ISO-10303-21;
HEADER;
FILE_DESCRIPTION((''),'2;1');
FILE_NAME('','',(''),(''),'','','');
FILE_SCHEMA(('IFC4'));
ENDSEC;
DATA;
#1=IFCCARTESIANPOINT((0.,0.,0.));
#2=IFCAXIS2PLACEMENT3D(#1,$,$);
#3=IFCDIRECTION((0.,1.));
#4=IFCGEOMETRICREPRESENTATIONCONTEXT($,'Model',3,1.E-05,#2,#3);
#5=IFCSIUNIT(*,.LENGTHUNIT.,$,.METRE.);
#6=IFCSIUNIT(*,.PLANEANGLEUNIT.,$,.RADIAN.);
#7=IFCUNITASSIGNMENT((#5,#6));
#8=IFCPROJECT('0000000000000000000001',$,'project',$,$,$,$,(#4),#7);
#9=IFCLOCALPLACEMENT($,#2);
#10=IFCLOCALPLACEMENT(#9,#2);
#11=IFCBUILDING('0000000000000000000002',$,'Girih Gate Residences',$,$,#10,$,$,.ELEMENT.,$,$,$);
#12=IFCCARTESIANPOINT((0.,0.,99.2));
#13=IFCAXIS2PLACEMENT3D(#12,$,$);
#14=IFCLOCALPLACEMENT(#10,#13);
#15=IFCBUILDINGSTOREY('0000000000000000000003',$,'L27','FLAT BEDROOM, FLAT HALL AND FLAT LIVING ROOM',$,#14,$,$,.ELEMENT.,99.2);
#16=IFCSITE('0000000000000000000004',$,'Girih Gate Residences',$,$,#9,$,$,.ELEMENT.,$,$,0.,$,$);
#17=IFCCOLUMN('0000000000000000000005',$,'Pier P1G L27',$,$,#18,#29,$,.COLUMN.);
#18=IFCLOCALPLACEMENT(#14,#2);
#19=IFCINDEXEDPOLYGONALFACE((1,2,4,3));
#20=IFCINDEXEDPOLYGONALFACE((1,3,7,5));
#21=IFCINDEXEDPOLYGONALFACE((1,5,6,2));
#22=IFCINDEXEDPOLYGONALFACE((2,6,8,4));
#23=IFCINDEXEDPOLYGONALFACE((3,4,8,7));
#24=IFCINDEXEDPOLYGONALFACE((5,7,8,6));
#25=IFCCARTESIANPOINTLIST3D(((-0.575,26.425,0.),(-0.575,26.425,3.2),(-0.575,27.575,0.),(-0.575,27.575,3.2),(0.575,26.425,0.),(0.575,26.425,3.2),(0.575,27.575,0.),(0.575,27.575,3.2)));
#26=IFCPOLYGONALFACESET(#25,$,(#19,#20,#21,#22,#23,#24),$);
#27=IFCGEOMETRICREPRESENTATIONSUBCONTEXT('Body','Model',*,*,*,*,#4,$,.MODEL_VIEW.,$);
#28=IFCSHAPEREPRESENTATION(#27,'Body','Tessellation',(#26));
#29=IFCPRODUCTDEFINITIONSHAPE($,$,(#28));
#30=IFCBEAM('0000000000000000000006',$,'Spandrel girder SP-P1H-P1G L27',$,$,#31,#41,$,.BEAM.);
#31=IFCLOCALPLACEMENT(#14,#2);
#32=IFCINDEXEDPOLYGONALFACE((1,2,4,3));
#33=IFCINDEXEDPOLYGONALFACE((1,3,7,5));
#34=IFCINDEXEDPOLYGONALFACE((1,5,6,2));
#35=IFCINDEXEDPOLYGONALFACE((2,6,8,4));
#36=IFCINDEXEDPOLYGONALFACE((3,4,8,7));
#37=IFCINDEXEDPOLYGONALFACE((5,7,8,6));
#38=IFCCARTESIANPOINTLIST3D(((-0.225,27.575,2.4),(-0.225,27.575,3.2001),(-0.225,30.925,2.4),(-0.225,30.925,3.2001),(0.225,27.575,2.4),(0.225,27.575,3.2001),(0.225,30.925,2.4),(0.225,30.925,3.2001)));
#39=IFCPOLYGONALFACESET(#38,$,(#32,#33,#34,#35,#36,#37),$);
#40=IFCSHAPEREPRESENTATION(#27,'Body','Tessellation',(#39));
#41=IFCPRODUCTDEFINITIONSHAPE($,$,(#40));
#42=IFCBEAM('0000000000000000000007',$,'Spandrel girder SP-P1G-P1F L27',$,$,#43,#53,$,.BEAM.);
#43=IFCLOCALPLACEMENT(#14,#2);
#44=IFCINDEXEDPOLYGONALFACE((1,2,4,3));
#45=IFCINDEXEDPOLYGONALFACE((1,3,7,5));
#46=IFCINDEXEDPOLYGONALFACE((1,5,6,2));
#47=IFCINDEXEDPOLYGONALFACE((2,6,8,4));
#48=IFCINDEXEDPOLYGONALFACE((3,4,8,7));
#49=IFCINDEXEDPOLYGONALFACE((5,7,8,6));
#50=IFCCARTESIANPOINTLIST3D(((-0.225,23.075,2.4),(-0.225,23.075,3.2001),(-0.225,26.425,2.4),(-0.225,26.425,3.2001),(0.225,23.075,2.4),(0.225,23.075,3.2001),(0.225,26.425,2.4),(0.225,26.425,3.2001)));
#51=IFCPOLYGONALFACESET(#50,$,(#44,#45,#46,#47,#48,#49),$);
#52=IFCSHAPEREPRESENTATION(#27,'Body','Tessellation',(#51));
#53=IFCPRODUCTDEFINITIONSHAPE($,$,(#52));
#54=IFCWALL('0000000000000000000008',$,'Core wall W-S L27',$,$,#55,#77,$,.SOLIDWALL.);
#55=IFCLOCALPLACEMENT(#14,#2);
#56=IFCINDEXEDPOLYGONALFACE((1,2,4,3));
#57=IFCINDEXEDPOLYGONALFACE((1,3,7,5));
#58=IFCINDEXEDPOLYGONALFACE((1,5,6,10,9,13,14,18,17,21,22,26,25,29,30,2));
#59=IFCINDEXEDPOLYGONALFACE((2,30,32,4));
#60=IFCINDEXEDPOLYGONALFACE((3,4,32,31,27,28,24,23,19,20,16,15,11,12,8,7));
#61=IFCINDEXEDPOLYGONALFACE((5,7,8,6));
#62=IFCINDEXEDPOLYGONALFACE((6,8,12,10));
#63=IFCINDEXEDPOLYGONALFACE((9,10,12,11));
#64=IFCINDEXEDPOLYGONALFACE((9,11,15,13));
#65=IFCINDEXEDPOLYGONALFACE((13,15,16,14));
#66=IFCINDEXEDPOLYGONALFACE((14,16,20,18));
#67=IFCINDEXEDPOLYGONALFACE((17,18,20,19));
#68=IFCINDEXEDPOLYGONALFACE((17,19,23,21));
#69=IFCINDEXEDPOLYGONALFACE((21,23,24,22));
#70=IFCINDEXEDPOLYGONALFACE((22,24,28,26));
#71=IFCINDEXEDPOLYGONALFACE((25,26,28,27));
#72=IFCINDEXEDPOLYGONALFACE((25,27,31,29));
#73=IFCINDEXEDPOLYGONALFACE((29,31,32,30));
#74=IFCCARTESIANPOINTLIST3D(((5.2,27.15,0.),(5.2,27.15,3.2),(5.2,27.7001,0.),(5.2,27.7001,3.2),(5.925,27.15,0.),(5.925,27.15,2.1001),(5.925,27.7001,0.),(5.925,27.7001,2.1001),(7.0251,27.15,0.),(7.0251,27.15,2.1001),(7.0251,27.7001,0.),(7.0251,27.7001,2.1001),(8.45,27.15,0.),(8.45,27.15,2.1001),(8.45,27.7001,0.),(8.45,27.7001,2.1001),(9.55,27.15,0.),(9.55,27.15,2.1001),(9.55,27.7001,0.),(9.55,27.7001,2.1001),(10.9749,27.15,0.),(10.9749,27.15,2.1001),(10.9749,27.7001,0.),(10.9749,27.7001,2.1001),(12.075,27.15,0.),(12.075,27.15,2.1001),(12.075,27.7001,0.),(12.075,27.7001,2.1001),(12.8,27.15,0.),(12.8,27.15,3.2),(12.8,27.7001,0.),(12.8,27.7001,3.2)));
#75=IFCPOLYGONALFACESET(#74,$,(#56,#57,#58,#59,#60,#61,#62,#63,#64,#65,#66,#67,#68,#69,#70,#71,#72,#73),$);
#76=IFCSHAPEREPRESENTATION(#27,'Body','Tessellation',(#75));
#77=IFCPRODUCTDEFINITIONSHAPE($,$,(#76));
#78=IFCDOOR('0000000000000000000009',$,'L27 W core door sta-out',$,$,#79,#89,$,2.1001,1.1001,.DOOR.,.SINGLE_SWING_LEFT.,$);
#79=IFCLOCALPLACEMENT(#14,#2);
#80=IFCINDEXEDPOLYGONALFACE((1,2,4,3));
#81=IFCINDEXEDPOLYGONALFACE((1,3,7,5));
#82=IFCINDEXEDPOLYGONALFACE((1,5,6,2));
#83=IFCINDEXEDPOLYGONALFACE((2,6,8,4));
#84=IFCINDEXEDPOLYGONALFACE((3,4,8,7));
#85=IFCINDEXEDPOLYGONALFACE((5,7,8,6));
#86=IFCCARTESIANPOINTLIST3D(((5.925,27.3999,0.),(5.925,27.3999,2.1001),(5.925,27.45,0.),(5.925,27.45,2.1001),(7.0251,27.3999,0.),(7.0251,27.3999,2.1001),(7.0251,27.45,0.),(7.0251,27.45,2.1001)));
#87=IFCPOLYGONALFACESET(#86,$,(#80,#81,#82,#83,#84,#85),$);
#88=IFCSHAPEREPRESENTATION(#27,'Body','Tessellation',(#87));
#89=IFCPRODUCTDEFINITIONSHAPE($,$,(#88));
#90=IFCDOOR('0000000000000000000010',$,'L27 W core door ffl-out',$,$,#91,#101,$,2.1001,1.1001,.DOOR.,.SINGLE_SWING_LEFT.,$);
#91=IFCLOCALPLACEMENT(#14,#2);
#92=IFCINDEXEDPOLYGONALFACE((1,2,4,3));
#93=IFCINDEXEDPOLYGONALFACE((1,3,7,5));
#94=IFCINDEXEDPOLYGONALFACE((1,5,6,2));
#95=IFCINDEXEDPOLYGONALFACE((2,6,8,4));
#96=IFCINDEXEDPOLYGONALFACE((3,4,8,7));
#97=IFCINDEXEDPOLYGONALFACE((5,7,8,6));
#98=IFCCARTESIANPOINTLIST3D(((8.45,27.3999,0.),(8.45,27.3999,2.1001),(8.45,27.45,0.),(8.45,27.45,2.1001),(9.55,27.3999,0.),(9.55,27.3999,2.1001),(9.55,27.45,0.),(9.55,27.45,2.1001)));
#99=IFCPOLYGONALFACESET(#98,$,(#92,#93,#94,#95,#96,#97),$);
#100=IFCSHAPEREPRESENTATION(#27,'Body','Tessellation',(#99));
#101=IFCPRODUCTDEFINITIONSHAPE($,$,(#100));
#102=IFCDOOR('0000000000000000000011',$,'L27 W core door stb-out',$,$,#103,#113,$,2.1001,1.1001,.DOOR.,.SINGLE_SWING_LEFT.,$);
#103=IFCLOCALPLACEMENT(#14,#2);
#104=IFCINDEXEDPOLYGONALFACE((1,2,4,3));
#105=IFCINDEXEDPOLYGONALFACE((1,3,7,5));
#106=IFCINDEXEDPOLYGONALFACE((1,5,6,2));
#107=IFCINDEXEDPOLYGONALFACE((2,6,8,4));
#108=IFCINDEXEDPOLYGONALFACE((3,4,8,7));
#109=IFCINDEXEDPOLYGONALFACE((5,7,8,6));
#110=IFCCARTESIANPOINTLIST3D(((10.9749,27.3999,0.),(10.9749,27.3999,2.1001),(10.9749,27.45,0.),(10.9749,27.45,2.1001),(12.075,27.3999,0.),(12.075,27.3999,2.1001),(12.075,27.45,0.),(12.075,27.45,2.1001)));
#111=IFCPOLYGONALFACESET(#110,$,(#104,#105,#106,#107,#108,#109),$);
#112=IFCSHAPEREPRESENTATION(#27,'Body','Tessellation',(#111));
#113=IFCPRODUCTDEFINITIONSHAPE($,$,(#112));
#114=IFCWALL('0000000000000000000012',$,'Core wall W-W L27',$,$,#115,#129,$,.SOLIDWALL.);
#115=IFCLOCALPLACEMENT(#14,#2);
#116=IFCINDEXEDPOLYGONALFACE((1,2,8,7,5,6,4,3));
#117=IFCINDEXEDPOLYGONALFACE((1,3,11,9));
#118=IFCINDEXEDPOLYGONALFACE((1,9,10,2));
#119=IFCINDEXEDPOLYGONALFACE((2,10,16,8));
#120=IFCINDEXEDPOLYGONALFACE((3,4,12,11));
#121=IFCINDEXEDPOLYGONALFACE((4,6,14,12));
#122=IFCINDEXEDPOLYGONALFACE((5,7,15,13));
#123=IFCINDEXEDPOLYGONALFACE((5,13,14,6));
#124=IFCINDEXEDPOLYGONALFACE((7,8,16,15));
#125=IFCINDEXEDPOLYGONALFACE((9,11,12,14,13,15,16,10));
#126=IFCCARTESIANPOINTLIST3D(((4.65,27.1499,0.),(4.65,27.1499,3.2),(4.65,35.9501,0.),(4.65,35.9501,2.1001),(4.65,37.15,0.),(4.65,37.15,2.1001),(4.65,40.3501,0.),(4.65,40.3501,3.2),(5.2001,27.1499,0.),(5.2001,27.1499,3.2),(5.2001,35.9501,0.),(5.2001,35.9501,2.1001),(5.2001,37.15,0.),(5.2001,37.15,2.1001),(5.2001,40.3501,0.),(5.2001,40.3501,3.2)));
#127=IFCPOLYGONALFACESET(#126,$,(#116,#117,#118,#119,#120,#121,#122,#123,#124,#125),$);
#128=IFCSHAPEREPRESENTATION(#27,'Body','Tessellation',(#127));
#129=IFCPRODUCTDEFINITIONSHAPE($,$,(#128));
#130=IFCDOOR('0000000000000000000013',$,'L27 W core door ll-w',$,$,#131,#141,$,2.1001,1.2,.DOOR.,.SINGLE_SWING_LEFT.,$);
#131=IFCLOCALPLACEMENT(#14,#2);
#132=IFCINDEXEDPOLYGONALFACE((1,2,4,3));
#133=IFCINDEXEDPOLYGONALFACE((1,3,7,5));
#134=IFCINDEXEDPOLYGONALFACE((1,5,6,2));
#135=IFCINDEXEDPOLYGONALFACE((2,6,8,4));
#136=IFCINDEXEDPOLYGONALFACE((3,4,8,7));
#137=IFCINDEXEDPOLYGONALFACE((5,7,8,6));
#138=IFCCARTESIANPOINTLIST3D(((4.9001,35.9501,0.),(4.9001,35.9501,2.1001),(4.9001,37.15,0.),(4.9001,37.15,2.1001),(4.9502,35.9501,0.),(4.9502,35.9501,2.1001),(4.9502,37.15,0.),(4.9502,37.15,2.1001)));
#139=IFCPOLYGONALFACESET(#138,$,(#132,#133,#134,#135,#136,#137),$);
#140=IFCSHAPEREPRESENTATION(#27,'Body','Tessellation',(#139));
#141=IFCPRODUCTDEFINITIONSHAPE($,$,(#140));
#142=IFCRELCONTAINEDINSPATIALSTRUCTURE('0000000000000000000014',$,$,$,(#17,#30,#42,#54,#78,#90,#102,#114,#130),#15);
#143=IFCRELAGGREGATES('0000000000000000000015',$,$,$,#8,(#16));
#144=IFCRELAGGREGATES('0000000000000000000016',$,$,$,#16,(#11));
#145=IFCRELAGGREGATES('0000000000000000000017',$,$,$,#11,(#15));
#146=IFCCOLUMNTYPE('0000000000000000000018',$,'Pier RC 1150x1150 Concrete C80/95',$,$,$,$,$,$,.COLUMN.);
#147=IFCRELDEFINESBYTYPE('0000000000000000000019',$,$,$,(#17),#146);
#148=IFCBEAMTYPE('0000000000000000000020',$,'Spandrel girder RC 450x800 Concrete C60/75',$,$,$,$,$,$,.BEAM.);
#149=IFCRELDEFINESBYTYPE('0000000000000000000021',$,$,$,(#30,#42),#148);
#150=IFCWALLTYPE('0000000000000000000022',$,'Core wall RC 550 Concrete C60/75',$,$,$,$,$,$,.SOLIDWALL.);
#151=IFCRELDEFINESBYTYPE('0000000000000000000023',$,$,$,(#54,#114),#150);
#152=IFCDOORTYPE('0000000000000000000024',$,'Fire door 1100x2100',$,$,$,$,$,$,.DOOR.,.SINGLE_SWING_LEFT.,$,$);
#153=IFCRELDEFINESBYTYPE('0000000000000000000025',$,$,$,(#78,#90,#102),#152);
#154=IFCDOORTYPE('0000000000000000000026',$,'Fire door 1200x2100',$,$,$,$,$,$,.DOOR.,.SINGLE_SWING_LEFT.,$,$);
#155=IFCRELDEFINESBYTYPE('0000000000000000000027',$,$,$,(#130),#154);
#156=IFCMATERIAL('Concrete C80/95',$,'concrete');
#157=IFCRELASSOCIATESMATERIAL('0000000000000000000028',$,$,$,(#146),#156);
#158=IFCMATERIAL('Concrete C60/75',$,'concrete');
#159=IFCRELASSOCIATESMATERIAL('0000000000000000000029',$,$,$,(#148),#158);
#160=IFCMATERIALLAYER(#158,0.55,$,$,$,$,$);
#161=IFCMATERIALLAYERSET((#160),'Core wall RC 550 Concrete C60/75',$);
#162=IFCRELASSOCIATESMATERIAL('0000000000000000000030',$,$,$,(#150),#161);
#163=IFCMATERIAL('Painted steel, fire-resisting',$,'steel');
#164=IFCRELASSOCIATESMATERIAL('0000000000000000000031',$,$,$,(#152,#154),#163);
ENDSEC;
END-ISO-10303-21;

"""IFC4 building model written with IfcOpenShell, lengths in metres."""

from ifc_helpers import new_model, si_unit, direction, frame, frame_2d, origin, origin_2d, place, context, subcontext, project, spatial, rectangle, extrude, material, layer, layer_set, material_profile, profile_set, type_object, element, fill, save


model = new_model("IFC4")

# Units and contexts
model_context = context("Model", 3, precision=1e-05, world=origin(), true_north=direction((0.0, 1.0)))
body_context = subcontext(model_context, "Body", "Model", "MODEL_VIEW")
ifc_project = project(units=[si_unit("LENGTHUNIT", "METRE"), si_unit("PLANEANGLEUNIT", "RADIAN")], contexts=[model_context])

# Site, building, storey
site_placement = place(None, origin())
site = spatial("IfcSite", under=ifc_project, at=site_placement, Name="Girih Gate Residences", CompositionType="ELEMENT", RefElevation=0.0)
building_placement = place(site_placement, origin())
building = spatial("IfcBuilding", under=site, at=building_placement, Name="Girih Gate Residences", CompositionType="ELEMENT")
storey_placement = place(building_placement, frame((0.0, 0.0, 99.2)))
storey = spatial("IfcBuildingStorey", under=building, at=storey_placement, Name="L27", Description="FLAT BEDROOM, FLAT HALL AND FLAT LIVING ROOM", CompositionType="ELEMENT", Elevation=99.2)

# Column
ifc_material_1 = material(Name="Concrete C80/95", Category="concrete")
ifc_material_profile_1 = material_profile(ifc_material_1, rectangle(XDim=1.1499, YDim=1.1499, at=origin_2d()))
ifc_profile_set_1 = profile_set([ifc_material_profile_1], Name="Concrete C80/95")
column_type = type_object("IfcColumnType", Name="Pier RC 1150x1150 Concrete C80/95", PredefinedType="COLUMN", material=ifc_profile_set_1)
column_placement = place(storey_placement, frame((0.0, 27.0, 0.0), z_axis=(0.0, 0.0, 1.0), x_axis=(1.0, 0.0, 0.0)))
element("IfcColumn", 1, at=column_placement, inside=storey, type_object=column_type, Name="Pier P1G L27", PredefinedType="COLUMN", context=body_context, shape_type="SweptSolid", body=[
    extrude(rectangle(XDim=1.1499, YDim=1.1499, at=origin_2d()), origin(), (0.0, 0.0, 1.0), 3.2),
])

# Beams
ifc_material_2 = material(Name="Concrete C60/75", Category="concrete")
ifc_material_profile_2 = material_profile(ifc_material_2, rectangle(XDim=0.45, YDim=0.8, at=origin_2d()))
ifc_profile_set_2 = profile_set([ifc_material_profile_2], Name="Concrete C60/75")
beam_type = type_object("IfcBeamType", Name="Spandrel girder RC 450x800 Concrete C60/75", PredefinedType="BEAM", material=ifc_profile_set_2)
for number, where, z_axis, x_axis, name in (
    (2, (0.0, 30.925, 2.8), (0.0, -1.0, 0.0), (1.0, 0.0, 0.0), "Spandrel girder SP-P1H-P1G L27"),
    (3, (0.0, 26.425, 2.8), (0.0, -1.0, 0.0), (1.0, 0.0, 0.0), "Spandrel girder SP-P1G-P1F L27"),
):
    element("IfcBeam", number, at=place(storey_placement, frame(where, z_axis=z_axis, x_axis=x_axis)), inside=storey, type_object=beam_type, Name=name, PredefinedType="BEAM", context=body_context, shape_type="SweptSolid", body=[
        extrude(rectangle(XDim=0.45, YDim=0.8, at=origin_2d()), origin(), (0.0, 0.0, 1.0), 3.3501),
    ])

# Wall, openings, doors
ifc_layer_1 = layer(ifc_material_2, 0.55)
ifc_layer_set_1 = layer_set([ifc_layer_1], Name="Core wall RC 550 Concrete C60/75")
wall_type_1 = type_object("IfcWallType", Name="Core wall RC 550 Concrete C60/75", PredefinedType="SOLIDWALL", material=ifc_layer_set_1)
wall_1_placement = place(storey_placement, frame((5.2, 27.425, 0.0), z_axis=(0.0, 0.0, 1.0), x_axis=(1.0, 0.0, 0.0)))
wall_1 = element("IfcWall", 4, at=wall_1_placement, inside=storey, type_object=wall_type_1, Name="Core wall W-S L27", PredefinedType="SOLIDWALL", context=body_context, shape_type="SweptSolid", body=[
    extrude(rectangle(XDim=7.6001, YDim=0.55, at=frame_2d((3.8, 0.0))), origin(), (0.0, 0.0, 1.0), 3.2),
])
opening_1_placement = place(wall_1_placement, frame((0.7251, 0.0, 0.0)))
opening_1 = element("IfcOpeningElement", 5, at=opening_1_placement, cuts=wall_1, PredefinedType="OPENING", context=body_context, shape_type="SweptSolid", body=[
    extrude(rectangle(XDim=1.1001, YDim=2.1001, at=frame_2d((0.55, 1.05))), frame((0.0, 0.2849, 0.0), z_axis=(0.0, -1.0, 0.0), x_axis=(1.0, 0.0, 0.0)), (0.0, 0.0, 1.0), 0.5701),
])
opening_2_placement = place(wall_1_placement, frame((3.25, 0.0, 0.0)))
opening_2 = element("IfcOpeningElement", 6, at=opening_2_placement, cuts=wall_1, PredefinedType="OPENING", context=body_context, shape_type="SweptSolid", body=[
    extrude(rectangle(XDim=1.1001, YDim=2.1001, at=frame_2d((0.55, 1.05))), frame((0.0, 0.2849, 0.0), z_axis=(0.0, -1.0, 0.0), x_axis=(1.0, 0.0, 0.0)), (0.0, 0.0, 1.0), 0.5701),
])
opening_3_placement = place(wall_1_placement, frame((5.7749, 0.0, 0.0)))
opening_3 = element("IfcOpeningElement", 7, at=opening_3_placement, cuts=wall_1, PredefinedType="OPENING", context=body_context, shape_type="SweptSolid", body=[
    extrude(rectangle(XDim=1.1001, YDim=2.1001, at=frame_2d((0.55, 1.05))), frame((0.0, 0.2849, 0.0), z_axis=(0.0, -1.0, 0.0), x_axis=(1.0, 0.0, 0.0)), (0.0, 0.0, 1.0), 0.5701),
])
ifc_material_3 = material(Name="Painted steel, fire-resisting", Category="steel")
door_type_1 = type_object("IfcDoorType", Name="Fire door 1100x2100", OperationType="SINGLE_SWING_LEFT", PredefinedType="DOOR", material=ifc_material_3)
door_1_placement = place(opening_1_placement, origin())
door_1 = element("IfcDoor", 8, at=door_1_placement, inside=storey, type_object=door_type_1, Name="L27 W core door sta-out", OperationType="SINGLE_SWING_LEFT", OverallHeight=2.1001, OverallWidth=1.1001, PredefinedType="DOOR", context=body_context, shape_type="SweptSolid", body=[
    extrude(rectangle(XDim=1.1001, YDim=2.1001, at=frame_2d((0.55, 1.05))), frame((0.0, 0.0249, 0.0), z_axis=(0.0, -1.0, 0.0), x_axis=(1.0, 0.0, 0.0)), (0.0, 0.0, 1.0), 0.05),
])
fill(opening_1, door_1)
door_2_placement = place(opening_2_placement, origin())
door_2 = element("IfcDoor", 9, at=door_2_placement, inside=storey, type_object=door_type_1, Name="L27 W core door ffl-out", OperationType="SINGLE_SWING_LEFT", OverallHeight=2.1001, OverallWidth=1.1001, PredefinedType="DOOR", context=body_context, shape_type="SweptSolid", body=[
    extrude(rectangle(XDim=1.1001, YDim=2.1001, at=frame_2d((0.55, 1.05))), frame((0.0, 0.0249, 0.0), z_axis=(0.0, -1.0, 0.0), x_axis=(1.0, 0.0, 0.0)), (0.0, 0.0, 1.0), 0.05),
])
fill(opening_2, door_2)
door_3_placement = place(opening_3_placement, origin())
door_3 = element("IfcDoor", 10, at=door_3_placement, inside=storey, type_object=door_type_1, Name="L27 W core door stb-out", OperationType="SINGLE_SWING_LEFT", OverallHeight=2.1001, OverallWidth=1.1001, PredefinedType="DOOR", context=body_context, shape_type="SweptSolid", body=[
    extrude(rectangle(XDim=1.1001, YDim=2.1001, at=frame_2d((0.55, 1.05))), frame((0.0, 0.0249, 0.0), z_axis=(0.0, -1.0, 0.0), x_axis=(1.0, 0.0, 0.0)), (0.0, 0.0, 1.0), 0.05),
])
fill(opening_3, door_3)

# Wall, opening, door
wall_2_placement = place(storey_placement, frame((4.925, 27.1499, 0.0), z_axis=(0.0, 0.0, 1.0), x_axis=(0.0, 1.0, 0.0)))
wall_2 = element("IfcWall", 11, at=wall_2_placement, inside=storey, type_object=wall_type_1, Name="Core wall W-W L27", PredefinedType="SOLIDWALL", context=body_context, shape_type="SweptSolid", body=[
    extrude(rectangle(XDim=13.2002, YDim=0.55, at=frame_2d((6.6001, 0.0))), origin(), (0.0, 0.0, 1.0), 3.2),
])
opening_4_placement = place(wall_2_placement, frame((8.8, 0.0, 0.0)))
opening_4 = element("IfcOpeningElement", 12, at=opening_4_placement, cuts=wall_2, PredefinedType="OPENING", context=body_context, shape_type="SweptSolid", body=[
    extrude(rectangle(XDim=1.2, YDim=2.1001, at=frame_2d((0.6001, 1.05))), frame((0.0, 0.2849, 0.0), z_axis=(0.0, -1.0, 0.0), x_axis=(1.0, 0.0, 0.0)), (0.0, 0.0, 1.0), 0.5701),
])
door_type_2 = type_object("IfcDoorType", Name="Fire door 1200x2100", OperationType="SINGLE_SWING_LEFT", PredefinedType="DOOR", material=ifc_material_3)
door_4_placement = place(opening_4_placement, origin())
door_4 = element("IfcDoor", 13, at=door_4_placement, inside=storey, type_object=door_type_2, Name="L27 W core door ll-w", OperationType="SINGLE_SWING_LEFT", OverallHeight=2.1001, OverallWidth=1.2, PredefinedType="DOOR", context=body_context, shape_type="SweptSolid", body=[
    extrude(rectangle(XDim=1.2, YDim=2.1001, at=frame_2d((0.6001, 1.05))), frame((0.0, 0.0249, 0.0), z_axis=(0.0, -1.0, 0.0), x_axis=(1.0, 0.0, 0.0)), (0.0, 0.0, 1.0), 0.05),
])
fill(opening_4, door_4)

save(model, "model.ifc")
